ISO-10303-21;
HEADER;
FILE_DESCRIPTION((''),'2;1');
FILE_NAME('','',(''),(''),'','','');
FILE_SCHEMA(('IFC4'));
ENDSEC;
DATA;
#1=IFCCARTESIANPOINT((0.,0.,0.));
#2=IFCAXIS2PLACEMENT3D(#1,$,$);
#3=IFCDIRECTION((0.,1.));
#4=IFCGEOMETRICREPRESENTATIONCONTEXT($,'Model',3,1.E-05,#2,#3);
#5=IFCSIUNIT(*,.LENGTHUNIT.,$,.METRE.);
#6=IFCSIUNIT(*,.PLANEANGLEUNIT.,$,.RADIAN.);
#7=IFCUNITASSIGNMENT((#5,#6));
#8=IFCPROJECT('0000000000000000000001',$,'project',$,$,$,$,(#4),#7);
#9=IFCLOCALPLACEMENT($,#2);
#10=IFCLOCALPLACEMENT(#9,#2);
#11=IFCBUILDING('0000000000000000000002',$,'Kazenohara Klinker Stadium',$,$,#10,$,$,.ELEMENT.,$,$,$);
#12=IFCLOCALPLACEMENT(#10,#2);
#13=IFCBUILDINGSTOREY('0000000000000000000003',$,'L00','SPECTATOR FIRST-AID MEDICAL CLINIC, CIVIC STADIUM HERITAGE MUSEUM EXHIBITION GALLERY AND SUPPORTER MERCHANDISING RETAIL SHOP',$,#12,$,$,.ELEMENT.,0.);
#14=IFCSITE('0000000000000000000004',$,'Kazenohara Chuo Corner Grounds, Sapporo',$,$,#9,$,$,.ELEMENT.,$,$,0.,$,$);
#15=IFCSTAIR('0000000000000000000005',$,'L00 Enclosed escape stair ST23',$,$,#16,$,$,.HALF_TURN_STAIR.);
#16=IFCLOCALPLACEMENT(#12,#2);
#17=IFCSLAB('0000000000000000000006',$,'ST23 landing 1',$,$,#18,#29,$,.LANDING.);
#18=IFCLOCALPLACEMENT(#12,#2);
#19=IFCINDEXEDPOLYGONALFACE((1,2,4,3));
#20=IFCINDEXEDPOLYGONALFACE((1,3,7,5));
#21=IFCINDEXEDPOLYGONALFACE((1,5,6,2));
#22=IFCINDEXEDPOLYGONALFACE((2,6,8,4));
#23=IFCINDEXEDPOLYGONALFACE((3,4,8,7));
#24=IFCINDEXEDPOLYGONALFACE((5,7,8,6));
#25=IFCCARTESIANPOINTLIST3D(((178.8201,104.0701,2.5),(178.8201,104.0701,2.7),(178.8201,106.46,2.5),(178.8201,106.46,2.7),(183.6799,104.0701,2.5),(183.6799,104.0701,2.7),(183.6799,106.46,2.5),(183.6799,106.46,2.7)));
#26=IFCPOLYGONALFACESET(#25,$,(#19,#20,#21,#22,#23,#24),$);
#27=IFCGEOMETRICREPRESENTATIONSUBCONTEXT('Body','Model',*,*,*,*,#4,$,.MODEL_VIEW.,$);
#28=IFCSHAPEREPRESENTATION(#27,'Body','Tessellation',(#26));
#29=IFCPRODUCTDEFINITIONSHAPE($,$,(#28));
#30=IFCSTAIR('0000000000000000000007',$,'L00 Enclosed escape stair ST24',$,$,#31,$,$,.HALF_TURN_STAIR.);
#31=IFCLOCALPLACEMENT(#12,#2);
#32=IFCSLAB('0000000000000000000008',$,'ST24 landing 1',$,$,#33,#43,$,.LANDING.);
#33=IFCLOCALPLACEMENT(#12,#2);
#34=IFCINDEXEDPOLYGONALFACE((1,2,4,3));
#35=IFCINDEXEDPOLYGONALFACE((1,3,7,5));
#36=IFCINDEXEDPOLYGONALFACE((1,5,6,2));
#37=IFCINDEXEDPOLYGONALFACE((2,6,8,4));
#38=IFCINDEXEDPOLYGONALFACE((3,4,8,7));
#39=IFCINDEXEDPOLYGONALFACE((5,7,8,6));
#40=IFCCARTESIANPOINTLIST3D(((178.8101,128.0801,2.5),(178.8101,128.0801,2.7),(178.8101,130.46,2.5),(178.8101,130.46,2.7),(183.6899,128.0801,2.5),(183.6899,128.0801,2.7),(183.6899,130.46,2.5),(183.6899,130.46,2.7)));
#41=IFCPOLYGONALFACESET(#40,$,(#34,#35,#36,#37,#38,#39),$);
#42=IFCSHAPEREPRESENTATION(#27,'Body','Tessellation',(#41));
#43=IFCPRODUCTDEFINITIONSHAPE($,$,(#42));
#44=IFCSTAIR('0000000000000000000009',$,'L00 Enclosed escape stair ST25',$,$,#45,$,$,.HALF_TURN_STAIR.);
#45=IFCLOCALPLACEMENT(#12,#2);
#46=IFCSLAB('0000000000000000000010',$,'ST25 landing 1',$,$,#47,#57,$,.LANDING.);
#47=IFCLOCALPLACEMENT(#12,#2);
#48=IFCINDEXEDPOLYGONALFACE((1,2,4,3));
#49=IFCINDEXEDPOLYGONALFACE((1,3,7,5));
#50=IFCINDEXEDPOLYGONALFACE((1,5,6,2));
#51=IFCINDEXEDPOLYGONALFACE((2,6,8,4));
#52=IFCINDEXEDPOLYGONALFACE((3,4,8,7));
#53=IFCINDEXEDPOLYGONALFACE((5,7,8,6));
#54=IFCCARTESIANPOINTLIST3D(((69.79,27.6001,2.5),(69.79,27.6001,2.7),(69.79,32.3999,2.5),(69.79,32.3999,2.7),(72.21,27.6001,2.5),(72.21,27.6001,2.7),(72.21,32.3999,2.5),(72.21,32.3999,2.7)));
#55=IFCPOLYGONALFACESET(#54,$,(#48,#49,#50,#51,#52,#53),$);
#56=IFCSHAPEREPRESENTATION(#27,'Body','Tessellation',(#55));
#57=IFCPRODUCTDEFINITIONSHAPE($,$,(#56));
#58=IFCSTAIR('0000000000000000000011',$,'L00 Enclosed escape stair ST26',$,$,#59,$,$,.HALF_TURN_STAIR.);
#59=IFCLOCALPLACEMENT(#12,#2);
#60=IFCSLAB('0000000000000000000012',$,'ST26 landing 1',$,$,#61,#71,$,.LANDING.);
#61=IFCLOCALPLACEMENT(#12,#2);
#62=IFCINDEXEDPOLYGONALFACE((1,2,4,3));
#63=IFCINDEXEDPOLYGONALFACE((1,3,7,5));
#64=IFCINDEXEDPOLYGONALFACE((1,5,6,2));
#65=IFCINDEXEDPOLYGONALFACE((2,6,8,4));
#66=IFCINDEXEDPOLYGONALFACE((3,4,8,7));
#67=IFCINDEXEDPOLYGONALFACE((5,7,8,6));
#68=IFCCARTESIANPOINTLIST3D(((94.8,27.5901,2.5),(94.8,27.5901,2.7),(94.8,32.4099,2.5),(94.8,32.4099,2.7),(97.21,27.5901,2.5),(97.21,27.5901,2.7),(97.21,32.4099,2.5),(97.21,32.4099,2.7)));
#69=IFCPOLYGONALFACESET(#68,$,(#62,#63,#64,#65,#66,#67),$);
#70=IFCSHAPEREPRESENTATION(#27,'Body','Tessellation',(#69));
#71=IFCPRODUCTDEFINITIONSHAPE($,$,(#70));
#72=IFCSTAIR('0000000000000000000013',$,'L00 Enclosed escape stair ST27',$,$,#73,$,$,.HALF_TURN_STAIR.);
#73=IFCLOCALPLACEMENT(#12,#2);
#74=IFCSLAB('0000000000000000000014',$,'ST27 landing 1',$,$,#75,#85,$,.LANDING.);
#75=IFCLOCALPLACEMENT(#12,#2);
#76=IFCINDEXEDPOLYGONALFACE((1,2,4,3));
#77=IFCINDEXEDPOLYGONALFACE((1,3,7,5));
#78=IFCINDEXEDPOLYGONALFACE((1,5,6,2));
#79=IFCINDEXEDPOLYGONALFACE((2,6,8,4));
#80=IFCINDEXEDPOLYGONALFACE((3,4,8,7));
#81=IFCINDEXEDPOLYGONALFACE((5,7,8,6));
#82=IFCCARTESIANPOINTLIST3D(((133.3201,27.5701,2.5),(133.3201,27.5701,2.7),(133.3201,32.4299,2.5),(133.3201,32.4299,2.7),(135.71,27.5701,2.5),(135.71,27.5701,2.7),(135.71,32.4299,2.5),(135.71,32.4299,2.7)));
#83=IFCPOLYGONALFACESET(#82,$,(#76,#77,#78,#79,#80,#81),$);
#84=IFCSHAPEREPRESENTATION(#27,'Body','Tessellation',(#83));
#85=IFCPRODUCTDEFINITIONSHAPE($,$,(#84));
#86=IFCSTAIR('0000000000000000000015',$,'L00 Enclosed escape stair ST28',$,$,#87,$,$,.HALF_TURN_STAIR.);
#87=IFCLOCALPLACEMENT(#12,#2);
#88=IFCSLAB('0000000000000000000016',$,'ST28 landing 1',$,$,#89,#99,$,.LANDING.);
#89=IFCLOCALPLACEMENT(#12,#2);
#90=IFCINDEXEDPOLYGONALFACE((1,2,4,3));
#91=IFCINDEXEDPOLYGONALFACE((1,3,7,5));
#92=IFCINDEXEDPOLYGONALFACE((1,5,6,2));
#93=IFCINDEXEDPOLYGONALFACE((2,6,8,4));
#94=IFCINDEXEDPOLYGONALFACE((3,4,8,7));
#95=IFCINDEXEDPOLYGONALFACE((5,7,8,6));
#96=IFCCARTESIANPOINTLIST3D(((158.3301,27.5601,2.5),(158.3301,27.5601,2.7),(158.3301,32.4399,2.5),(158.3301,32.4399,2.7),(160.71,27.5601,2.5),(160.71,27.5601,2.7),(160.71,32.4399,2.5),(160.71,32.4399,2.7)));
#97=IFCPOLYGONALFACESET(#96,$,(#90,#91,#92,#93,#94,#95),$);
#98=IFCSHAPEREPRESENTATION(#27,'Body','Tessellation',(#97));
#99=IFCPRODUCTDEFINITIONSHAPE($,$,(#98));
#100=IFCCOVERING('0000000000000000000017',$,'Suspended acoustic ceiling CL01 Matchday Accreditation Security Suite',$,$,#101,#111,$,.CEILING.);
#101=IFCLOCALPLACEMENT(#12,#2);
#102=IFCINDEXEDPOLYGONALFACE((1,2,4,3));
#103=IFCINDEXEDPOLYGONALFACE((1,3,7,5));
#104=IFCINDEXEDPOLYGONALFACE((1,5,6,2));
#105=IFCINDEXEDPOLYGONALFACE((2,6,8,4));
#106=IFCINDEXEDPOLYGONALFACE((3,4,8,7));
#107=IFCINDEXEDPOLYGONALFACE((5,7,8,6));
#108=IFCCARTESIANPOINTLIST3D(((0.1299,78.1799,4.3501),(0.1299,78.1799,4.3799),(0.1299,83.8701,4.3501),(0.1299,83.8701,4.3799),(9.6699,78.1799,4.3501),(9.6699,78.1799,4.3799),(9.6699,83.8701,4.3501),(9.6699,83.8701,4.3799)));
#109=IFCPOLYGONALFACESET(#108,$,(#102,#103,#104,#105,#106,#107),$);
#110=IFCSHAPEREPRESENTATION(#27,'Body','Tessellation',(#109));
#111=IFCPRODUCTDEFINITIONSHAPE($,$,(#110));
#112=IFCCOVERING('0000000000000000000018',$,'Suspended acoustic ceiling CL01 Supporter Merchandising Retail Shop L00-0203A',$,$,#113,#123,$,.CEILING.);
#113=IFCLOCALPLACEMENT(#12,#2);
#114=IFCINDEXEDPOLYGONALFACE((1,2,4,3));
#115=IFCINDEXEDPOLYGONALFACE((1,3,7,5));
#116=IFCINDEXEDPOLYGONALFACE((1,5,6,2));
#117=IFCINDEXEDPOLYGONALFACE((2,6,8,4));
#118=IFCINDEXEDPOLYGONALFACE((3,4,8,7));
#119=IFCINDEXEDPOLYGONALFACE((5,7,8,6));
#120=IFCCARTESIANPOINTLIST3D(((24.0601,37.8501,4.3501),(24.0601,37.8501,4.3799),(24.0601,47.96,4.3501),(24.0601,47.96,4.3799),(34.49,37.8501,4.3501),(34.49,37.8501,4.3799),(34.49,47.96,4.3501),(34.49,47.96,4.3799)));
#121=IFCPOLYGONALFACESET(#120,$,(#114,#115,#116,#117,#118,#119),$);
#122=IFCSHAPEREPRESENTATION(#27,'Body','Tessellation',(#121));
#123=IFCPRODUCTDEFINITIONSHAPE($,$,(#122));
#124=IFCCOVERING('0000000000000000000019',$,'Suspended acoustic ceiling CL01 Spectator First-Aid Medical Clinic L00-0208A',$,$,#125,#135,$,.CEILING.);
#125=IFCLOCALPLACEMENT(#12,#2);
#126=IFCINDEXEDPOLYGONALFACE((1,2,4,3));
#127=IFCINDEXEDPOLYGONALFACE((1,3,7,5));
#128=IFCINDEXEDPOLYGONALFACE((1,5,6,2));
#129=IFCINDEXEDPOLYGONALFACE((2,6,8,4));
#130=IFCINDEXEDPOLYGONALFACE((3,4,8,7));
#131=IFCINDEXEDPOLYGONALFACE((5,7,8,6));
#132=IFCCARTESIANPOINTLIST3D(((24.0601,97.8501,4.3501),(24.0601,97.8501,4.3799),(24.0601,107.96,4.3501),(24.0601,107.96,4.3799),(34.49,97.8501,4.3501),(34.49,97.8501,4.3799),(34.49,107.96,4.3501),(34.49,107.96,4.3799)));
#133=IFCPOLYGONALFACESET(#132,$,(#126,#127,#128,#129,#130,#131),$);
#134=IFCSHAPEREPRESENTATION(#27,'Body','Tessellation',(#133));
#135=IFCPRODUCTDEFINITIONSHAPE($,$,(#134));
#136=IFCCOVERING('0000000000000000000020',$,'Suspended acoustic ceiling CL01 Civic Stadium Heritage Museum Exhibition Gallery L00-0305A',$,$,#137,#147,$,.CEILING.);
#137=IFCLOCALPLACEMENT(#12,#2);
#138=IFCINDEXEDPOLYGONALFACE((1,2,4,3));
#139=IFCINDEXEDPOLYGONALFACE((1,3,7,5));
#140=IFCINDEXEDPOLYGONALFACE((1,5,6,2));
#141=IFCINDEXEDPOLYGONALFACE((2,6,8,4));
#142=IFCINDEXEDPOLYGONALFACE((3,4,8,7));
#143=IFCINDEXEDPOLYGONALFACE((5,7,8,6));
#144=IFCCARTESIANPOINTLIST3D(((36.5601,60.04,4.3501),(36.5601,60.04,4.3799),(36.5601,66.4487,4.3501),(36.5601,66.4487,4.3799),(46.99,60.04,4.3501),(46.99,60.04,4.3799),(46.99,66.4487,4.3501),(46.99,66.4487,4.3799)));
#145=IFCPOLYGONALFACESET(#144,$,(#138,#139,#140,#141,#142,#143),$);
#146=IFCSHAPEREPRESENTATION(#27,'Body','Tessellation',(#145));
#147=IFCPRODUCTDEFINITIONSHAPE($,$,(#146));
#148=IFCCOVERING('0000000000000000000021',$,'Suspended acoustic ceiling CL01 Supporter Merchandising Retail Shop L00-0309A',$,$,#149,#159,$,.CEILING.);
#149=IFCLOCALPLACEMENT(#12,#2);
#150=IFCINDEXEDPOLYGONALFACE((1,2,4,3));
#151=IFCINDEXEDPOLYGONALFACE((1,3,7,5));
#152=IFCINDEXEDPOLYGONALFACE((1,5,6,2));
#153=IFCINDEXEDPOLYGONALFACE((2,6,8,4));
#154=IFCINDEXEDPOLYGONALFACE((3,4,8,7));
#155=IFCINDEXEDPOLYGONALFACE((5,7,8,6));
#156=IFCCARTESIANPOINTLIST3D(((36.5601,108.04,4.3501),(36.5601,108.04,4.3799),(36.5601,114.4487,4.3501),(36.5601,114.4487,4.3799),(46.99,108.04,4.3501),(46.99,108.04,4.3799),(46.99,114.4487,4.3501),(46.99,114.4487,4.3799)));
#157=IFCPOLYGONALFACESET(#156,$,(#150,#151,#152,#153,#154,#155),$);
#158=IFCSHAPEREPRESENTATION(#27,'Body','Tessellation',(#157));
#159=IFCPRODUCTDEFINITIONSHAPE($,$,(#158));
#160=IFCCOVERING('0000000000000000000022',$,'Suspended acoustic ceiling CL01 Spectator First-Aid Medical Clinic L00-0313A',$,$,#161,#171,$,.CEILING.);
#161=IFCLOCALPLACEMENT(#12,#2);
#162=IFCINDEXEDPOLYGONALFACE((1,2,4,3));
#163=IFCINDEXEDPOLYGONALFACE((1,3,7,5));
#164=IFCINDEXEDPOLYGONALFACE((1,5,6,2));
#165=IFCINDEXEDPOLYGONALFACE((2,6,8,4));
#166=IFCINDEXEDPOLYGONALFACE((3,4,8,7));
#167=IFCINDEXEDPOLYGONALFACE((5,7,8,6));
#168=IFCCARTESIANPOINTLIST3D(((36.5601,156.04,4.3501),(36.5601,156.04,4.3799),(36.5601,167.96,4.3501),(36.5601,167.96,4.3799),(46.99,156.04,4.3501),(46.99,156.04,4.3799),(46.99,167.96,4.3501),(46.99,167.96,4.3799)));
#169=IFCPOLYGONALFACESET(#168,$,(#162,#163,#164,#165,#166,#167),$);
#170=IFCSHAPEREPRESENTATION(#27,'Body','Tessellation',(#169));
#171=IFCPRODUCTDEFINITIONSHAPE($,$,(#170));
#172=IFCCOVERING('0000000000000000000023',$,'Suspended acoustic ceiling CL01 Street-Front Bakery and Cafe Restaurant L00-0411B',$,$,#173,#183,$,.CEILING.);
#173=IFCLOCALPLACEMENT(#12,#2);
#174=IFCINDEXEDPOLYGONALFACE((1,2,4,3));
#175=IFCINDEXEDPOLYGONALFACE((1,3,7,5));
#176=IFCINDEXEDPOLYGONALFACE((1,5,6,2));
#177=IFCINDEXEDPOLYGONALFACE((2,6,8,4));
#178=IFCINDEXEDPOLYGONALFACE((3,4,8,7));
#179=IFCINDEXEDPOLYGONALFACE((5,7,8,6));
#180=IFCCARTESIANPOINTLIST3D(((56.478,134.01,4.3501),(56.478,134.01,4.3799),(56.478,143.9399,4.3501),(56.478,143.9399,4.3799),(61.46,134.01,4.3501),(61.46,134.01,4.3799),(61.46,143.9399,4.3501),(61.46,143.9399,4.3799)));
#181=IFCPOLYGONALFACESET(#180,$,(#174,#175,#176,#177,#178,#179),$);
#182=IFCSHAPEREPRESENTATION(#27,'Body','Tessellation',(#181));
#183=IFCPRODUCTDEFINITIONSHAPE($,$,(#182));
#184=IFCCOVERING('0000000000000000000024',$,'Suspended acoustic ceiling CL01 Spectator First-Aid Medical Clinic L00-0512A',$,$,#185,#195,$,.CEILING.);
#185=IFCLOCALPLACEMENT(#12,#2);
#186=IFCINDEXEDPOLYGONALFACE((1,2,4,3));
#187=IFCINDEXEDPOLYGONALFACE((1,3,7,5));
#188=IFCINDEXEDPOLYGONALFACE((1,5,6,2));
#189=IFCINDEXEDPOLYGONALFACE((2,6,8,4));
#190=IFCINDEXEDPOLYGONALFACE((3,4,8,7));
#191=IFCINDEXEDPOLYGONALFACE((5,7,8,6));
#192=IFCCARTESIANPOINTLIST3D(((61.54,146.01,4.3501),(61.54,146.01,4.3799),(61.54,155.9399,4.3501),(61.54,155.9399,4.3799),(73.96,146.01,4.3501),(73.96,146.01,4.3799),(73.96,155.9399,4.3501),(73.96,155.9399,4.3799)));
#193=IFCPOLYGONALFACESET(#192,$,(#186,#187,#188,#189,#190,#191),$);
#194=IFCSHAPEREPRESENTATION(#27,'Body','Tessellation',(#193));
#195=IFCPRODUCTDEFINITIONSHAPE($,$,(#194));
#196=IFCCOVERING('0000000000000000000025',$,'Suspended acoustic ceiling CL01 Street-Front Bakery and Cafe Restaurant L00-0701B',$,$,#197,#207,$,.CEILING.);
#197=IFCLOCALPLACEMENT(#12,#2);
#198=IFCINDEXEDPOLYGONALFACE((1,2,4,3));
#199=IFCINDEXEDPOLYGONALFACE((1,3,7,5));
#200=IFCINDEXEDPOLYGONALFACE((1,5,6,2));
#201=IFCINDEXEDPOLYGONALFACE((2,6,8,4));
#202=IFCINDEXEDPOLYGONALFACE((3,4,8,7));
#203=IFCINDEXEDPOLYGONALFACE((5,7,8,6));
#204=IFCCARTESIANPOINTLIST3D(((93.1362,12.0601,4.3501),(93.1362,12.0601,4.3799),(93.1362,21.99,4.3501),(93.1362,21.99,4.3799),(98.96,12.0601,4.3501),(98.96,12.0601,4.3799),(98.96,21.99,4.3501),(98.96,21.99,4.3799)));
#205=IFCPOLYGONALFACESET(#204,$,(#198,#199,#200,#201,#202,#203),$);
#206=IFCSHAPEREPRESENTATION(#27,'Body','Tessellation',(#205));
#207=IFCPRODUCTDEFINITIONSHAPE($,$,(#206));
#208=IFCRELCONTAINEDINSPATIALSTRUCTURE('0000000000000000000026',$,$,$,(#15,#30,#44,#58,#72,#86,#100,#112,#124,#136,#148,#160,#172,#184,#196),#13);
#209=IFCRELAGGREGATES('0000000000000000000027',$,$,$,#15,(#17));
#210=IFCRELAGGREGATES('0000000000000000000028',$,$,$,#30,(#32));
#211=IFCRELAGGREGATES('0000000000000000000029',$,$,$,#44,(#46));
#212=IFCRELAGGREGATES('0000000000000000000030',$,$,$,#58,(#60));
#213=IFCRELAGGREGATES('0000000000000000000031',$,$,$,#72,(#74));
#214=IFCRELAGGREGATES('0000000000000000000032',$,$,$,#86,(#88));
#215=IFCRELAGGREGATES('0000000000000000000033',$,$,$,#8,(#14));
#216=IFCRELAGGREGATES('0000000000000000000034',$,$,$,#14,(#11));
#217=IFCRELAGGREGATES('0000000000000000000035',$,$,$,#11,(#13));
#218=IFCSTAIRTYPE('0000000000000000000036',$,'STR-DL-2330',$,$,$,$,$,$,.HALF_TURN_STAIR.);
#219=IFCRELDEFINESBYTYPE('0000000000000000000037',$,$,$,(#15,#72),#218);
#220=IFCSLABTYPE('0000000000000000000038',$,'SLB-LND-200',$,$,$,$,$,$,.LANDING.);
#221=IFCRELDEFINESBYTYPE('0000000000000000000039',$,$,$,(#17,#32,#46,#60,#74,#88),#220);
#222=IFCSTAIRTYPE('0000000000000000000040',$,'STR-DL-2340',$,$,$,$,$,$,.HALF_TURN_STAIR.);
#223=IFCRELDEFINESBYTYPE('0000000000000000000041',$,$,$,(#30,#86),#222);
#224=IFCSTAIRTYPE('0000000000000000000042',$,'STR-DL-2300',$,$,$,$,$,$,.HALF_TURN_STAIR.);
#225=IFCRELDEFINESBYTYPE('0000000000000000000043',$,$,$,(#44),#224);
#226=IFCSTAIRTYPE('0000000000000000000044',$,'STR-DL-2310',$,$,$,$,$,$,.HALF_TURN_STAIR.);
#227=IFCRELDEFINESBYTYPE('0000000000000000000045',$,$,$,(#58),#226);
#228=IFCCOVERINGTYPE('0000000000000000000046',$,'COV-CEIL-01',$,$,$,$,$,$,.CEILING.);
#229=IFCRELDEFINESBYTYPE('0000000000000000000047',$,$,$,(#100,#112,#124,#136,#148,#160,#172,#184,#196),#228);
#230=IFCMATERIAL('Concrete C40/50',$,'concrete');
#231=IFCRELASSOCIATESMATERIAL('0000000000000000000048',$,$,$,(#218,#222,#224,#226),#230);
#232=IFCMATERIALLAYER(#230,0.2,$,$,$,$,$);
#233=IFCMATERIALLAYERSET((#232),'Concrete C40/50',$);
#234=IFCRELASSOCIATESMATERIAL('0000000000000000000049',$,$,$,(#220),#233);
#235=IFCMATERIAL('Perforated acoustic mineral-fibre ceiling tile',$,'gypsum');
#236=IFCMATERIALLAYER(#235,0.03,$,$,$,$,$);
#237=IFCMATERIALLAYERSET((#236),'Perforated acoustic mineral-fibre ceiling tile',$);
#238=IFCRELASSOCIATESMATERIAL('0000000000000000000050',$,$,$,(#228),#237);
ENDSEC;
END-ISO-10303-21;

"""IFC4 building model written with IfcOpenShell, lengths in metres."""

from ifc_helpers import new_model, si_unit, direction, frame, origin, place, context, subcontext, project, spatial, polyline, outline, extrude, material, layer, layer_set, type_object, element, aggregate, save


model = new_model("IFC4")

# Units and contexts
model_context = context("Model", 3, precision=1e-05, world=origin(), true_north=direction((0.0, 1.0)))
body_context = subcontext(model_context, "Body", "Model", "MODEL_VIEW")
ifc_project = project(units=[si_unit("LENGTHUNIT", "METRE"), si_unit("PLANEANGLEUNIT", "RADIAN")], contexts=[model_context])

# Site, building, storey
site_placement = place(None, origin())
site = spatial("IfcSite", under=ifc_project, at=site_placement, Name="Kazenohara Chuo Corner Grounds, Sapporo", CompositionType="ELEMENT", RefElevation=0.0)
building_placement = place(site_placement, origin())
building = spatial("IfcBuilding", under=site, at=building_placement, Name="Kazenohara Klinker Stadium", CompositionType="ELEMENT")
storey_placement = place(building_placement, origin())
storey = spatial("IfcBuildingStorey", under=building, at=storey_placement, Name="L00", Description="SPECTATOR FIRST-AID MEDICAL CLINIC, CIVIC STADIUM HERITAGE MUSEUM EXHIBITION GALLERY AND SUPPORTER MERCHANDISING RETAIL SHOP", CompositionType="ELEMENT", Elevation=0.0)

# Stairs, slabs
ifc_material_1 = material(Name="Concrete C40/50", Category="concrete")
stair_type_1 = type_object("IfcStairType", Name="STR-DL-2330", PredefinedType="HALF_TURN_STAIR", material=ifc_material_1)
stair_1_placement = place(storey_placement, origin())
stair_1 = element("IfcStair", 1, at=stair_1_placement, inside=storey, type_object=stair_type_1, Name="L00 Enclosed escape stair ST23", PredefinedType="HALF_TURN_STAIR")
ifc_layer_1 = layer(ifc_material_1, 0.2)
ifc_layer_set_1 = layer_set([ifc_layer_1], Name="Concrete C40/50")
slab_type = type_object("IfcSlabType", Name="SLB-LND-200", PredefinedType="LANDING", material=ifc_layer_set_1)
slab_1_placement = place(storey_placement, frame((0.0, 0.0, 2.5)))
slab_1 = element("IfcSlab", 2, at=slab_1_placement, type_object=slab_type, Name="ST23 landing 1", PredefinedType="LANDING", context=body_context, shape_type="SweptSolid", body=[
    extrude(outline(polyline([(183.6799, 104.0701), (183.6799, 106.46), (178.8201, 106.46), (178.8201, 104.0701), (183.6799, 104.0701)])), origin(), (0.0, 0.0, 1.0), 0.2),
])
aggregate(stair_1, [slab_1])
stair_type_2 = type_object("IfcStairType", Name="STR-DL-2340", PredefinedType="HALF_TURN_STAIR", material=ifc_material_1)
stair_2_placement = place(storey_placement, origin())
stair_2 = element("IfcStair", 3, at=stair_2_placement, inside=storey, type_object=stair_type_2, Name="L00 Enclosed escape stair ST24", PredefinedType="HALF_TURN_STAIR")
slab_2_placement = place(storey_placement, frame((0.0, 0.0, 2.5)))
slab_2 = element("IfcSlab", 4, at=slab_2_placement, type_object=slab_type, Name="ST24 landing 1", PredefinedType="LANDING", context=body_context, shape_type="SweptSolid", body=[
    extrude(outline(polyline([(183.6899, 128.0801), (183.6899, 130.46), (178.8101, 130.46), (178.8101, 128.0801), (183.6899, 128.0801)])), origin(), (0.0, 0.0, 1.0), 0.2),
])
aggregate(stair_2, [slab_2])
stair_type_3 = type_object("IfcStairType", Name="STR-DL-2300", PredefinedType="HALF_TURN_STAIR", material=ifc_material_1)
stair_3_placement = place(storey_placement, origin())
stair_3 = element("IfcStair", 5, at=stair_3_placement, inside=storey, type_object=stair_type_3, Name="L00 Enclosed escape stair ST25", PredefinedType="HALF_TURN_STAIR")
slab_3_placement = place(storey_placement, frame((0.0, 0.0, 2.5)))
slab_3 = element("IfcSlab", 6, at=slab_3_placement, type_object=slab_type, Name="ST25 landing 1", PredefinedType="LANDING", context=body_context, shape_type="SweptSolid", body=[
    extrude(outline(polyline([(69.79, 27.6001), (72.21, 27.6001), (72.21, 32.3999), (69.79, 32.3999), (69.79, 27.6001)])), origin(), (0.0, 0.0, 1.0), 0.2),
])
aggregate(stair_3, [slab_3])
stair_type_4 = type_object("IfcStairType", Name="STR-DL-2310", PredefinedType="HALF_TURN_STAIR", material=ifc_material_1)
stair_4_placement = place(storey_placement, origin())
stair_4 = element("IfcStair", 7, at=stair_4_placement, inside=storey, type_object=stair_type_4, Name="L00 Enclosed escape stair ST26", PredefinedType="HALF_TURN_STAIR")
slab_4_placement = place(storey_placement, frame((0.0, 0.0, 2.5)))
slab_4 = element("IfcSlab", 8, at=slab_4_placement, type_object=slab_type, Name="ST26 landing 1", PredefinedType="LANDING", context=body_context, shape_type="SweptSolid", body=[
    extrude(outline(polyline([(94.8, 27.5901), (97.21, 27.5901), (97.21, 32.4099), (94.8, 32.4099), (94.8, 27.5901)])), origin(), (0.0, 0.0, 1.0), 0.2),
])
aggregate(stair_4, [slab_4])
stair_5_placement = place(storey_placement, origin())
stair_5 = element("IfcStair", 9, at=stair_5_placement, inside=storey, type_object=stair_type_1, Name="L00 Enclosed escape stair ST27", PredefinedType="HALF_TURN_STAIR")
slab_5_placement = place(storey_placement, frame((0.0, 0.0, 2.5)))
slab_5 = element("IfcSlab", 10, at=slab_5_placement, type_object=slab_type, Name="ST27 landing 1", PredefinedType="LANDING", context=body_context, shape_type="SweptSolid", body=[
    extrude(outline(polyline([(133.3201, 27.5701), (135.71, 27.5701), (135.71, 32.4299), (133.3201, 32.4299), (133.3201, 27.5701)])), origin(), (0.0, 0.0, 1.0), 0.2),
])
aggregate(stair_5, [slab_5])
stair_6_placement = place(storey_placement, origin())
stair_6 = element("IfcStair", 11, at=stair_6_placement, inside=storey, type_object=stair_type_2, Name="L00 Enclosed escape stair ST28", PredefinedType="HALF_TURN_STAIR")
slab_6_placement = place(storey_placement, frame((0.0, 0.0, 2.5)))
slab_6 = element("IfcSlab", 12, at=slab_6_placement, type_object=slab_type, Name="ST28 landing 1", PredefinedType="LANDING", context=body_context, shape_type="SweptSolid", body=[
    extrude(outline(polyline([(158.3301, 27.5601), (160.71, 27.5601), (160.71, 32.4399), (158.3301, 32.4399), (158.3301, 27.5601)])), origin(), (0.0, 0.0, 1.0), 0.2),
])
aggregate(stair_6, [slab_6])

# Coverings
ifc_material_2 = material(Name="Perforated acoustic mineral-fibre ceiling tile", Category="gypsum")
ifc_layer_2 = layer(ifc_material_2, 0.03)
ifc_layer_set_2 = layer_set([ifc_layer_2], Name="Perforated acoustic mineral-fibre ceiling tile")
covering_type_1 = type_object("IfcCoveringType", Name="COV-CEIL-01", PredefinedType="CEILING", material=ifc_layer_set_2)
covering_1_placement = place(storey_placement, frame((0.0, 0.0, 4.3501)))
element("IfcCovering", 13, at=covering_1_placement, inside=storey, type_object=covering_type_1, Name="Suspended acoustic ceiling CL01 Matchday Accreditation Security Suite", PredefinedType="CEILING", context=body_context, shape_type="SweptSolid", body=[
    extrude(outline(polyline([(0.1299, 78.1799), (9.6699, 78.1799), (9.6699, 83.8701), (0.1299, 83.8701), (0.1299, 78.1799)])), origin(), (0.0, 0.0, 1.0), 0.0298),
])
covering_2_placement = place(storey_placement, frame((0.0, 0.0, 4.3501)))
element("IfcCovering", 14, at=covering_2_placement, inside=storey, type_object=covering_type_1, Name="Suspended acoustic ceiling CL01 Supporter Merchandising Retail Shop L00-0203A", PredefinedType="CEILING", context=body_context, shape_type="SweptSolid", body=[
    extrude(outline(polyline([(24.0601, 37.8501), (34.49, 37.8501), (34.49, 47.96), (24.0601, 47.96), (24.0601, 37.8501)])), origin(), (0.0, 0.0, 1.0), 0.0298),
])
covering_3_placement = place(storey_placement, frame((0.0, 0.0, 4.3501)))
element("IfcCovering", 15, at=covering_3_placement, inside=storey, type_object=covering_type_1, Name="Suspended acoustic ceiling CL01 Spectator First-Aid Medical Clinic L00-0208A", PredefinedType="CEILING", context=body_context, shape_type="SweptSolid", body=[
    extrude(outline(polyline([(24.0601, 97.8501), (34.49, 97.8501), (34.49, 107.96), (24.0601, 107.96), (24.0601, 97.8501)])), origin(), (0.0, 0.0, 1.0), 0.0298),
])
covering_4_placement = place(storey_placement, frame((0.0, 0.0, 4.3501)))
element("IfcCovering", 16, at=covering_4_placement, inside=storey, type_object=covering_type_1, Name="Suspended acoustic ceiling CL01 Civic Stadium Heritage Museum Exhibition Gallery L00-0305A", PredefinedType="CEILING", context=body_context, shape_type="SweptSolid", body=[
    extrude(outline(polyline([(36.5601, 60.04), (46.99, 60.04), (46.99, 66.4487), (36.5601, 66.4487), (36.5601, 60.04)])), origin(), (0.0, 0.0, 1.0), 0.0298),
])
covering_5_placement = place(storey_placement, frame((0.0, 0.0, 4.3501)))
element("IfcCovering", 17, at=covering_5_placement, inside=storey, type_object=covering_type_1, Name="Suspended acoustic ceiling CL01 Supporter Merchandising Retail Shop L00-0309A", PredefinedType="CEILING", context=body_context, shape_type="SweptSolid", body=[
    extrude(outline(polyline([(36.5601, 108.04), (46.99, 108.04), (46.99, 114.4487), (36.5601, 114.4487), (36.5601, 108.04)])), origin(), (0.0, 0.0, 1.0), 0.0298),
])
covering_6_placement = place(storey_placement, frame((0.0, 0.0, 4.3501)))
element("IfcCovering", 18, at=covering_6_placement, inside=storey, type_object=covering_type_1, Name="Suspended acoustic ceiling CL01 Spectator First-Aid Medical Clinic L00-0313A", PredefinedType="CEILING", context=body_context, shape_type="SweptSolid", body=[
    extrude(outline(polyline([(36.5601, 156.04), (46.99, 156.04), (46.99, 167.96), (36.5601, 167.96), (36.5601, 156.04)])), origin(), (0.0, 0.0, 1.0), 0.0298),
])
covering_7_placement = place(storey_placement, frame((0.0, 0.0, 4.3501)))
element("IfcCovering", 19, at=covering_7_placement, inside=storey, type_object=covering_type_1, Name="Suspended acoustic ceiling CL01 Street-Front Bakery and Cafe Restaurant L00-0411B", PredefinedType="CEILING", context=body_context, shape_type="SweptSolid", body=[
    extrude(outline(polyline([(56.478, 134.01), (61.46, 134.01), (61.46, 143.9399), (56.478, 143.9399), (56.478, 134.01)])), origin(), (0.0, 0.0, 1.0), 0.0298),
])
covering_8_placement = place(storey_placement, frame((0.0, 0.0, 4.3501)))
element("IfcCovering", 20, at=covering_8_placement, inside=storey, type_object=covering_type_1, Name="Suspended acoustic ceiling CL01 Spectator First-Aid Medical Clinic L00-0512A", PredefinedType="CEILING", context=body_context, shape_type="SweptSolid", body=[
    extrude(outline(polyline([(61.54, 146.01), (73.96, 146.01), (73.96, 155.9399), (61.54, 155.9399), (61.54, 146.01)])), origin(), (0.0, 0.0, 1.0), 0.0298),
])
covering_9_placement = place(storey_placement, frame((0.0, 0.0, 4.3501)))
element("IfcCovering", 21, at=covering_9_placement, inside=storey, type_object=covering_type_1, Name="Suspended acoustic ceiling CL01 Street-Front Bakery and Cafe Restaurant L00-0701B", PredefinedType="CEILING", context=body_context, shape_type="SweptSolid", body=[
    extrude(outline(polyline([(93.1362, 12.0601), (98.96, 12.0601), (98.96, 21.99), (93.1362, 21.99), (93.1362, 12.0601)])), origin(), (0.0, 0.0, 1.0), 0.0298),
])

save(model, "model.ifc")
